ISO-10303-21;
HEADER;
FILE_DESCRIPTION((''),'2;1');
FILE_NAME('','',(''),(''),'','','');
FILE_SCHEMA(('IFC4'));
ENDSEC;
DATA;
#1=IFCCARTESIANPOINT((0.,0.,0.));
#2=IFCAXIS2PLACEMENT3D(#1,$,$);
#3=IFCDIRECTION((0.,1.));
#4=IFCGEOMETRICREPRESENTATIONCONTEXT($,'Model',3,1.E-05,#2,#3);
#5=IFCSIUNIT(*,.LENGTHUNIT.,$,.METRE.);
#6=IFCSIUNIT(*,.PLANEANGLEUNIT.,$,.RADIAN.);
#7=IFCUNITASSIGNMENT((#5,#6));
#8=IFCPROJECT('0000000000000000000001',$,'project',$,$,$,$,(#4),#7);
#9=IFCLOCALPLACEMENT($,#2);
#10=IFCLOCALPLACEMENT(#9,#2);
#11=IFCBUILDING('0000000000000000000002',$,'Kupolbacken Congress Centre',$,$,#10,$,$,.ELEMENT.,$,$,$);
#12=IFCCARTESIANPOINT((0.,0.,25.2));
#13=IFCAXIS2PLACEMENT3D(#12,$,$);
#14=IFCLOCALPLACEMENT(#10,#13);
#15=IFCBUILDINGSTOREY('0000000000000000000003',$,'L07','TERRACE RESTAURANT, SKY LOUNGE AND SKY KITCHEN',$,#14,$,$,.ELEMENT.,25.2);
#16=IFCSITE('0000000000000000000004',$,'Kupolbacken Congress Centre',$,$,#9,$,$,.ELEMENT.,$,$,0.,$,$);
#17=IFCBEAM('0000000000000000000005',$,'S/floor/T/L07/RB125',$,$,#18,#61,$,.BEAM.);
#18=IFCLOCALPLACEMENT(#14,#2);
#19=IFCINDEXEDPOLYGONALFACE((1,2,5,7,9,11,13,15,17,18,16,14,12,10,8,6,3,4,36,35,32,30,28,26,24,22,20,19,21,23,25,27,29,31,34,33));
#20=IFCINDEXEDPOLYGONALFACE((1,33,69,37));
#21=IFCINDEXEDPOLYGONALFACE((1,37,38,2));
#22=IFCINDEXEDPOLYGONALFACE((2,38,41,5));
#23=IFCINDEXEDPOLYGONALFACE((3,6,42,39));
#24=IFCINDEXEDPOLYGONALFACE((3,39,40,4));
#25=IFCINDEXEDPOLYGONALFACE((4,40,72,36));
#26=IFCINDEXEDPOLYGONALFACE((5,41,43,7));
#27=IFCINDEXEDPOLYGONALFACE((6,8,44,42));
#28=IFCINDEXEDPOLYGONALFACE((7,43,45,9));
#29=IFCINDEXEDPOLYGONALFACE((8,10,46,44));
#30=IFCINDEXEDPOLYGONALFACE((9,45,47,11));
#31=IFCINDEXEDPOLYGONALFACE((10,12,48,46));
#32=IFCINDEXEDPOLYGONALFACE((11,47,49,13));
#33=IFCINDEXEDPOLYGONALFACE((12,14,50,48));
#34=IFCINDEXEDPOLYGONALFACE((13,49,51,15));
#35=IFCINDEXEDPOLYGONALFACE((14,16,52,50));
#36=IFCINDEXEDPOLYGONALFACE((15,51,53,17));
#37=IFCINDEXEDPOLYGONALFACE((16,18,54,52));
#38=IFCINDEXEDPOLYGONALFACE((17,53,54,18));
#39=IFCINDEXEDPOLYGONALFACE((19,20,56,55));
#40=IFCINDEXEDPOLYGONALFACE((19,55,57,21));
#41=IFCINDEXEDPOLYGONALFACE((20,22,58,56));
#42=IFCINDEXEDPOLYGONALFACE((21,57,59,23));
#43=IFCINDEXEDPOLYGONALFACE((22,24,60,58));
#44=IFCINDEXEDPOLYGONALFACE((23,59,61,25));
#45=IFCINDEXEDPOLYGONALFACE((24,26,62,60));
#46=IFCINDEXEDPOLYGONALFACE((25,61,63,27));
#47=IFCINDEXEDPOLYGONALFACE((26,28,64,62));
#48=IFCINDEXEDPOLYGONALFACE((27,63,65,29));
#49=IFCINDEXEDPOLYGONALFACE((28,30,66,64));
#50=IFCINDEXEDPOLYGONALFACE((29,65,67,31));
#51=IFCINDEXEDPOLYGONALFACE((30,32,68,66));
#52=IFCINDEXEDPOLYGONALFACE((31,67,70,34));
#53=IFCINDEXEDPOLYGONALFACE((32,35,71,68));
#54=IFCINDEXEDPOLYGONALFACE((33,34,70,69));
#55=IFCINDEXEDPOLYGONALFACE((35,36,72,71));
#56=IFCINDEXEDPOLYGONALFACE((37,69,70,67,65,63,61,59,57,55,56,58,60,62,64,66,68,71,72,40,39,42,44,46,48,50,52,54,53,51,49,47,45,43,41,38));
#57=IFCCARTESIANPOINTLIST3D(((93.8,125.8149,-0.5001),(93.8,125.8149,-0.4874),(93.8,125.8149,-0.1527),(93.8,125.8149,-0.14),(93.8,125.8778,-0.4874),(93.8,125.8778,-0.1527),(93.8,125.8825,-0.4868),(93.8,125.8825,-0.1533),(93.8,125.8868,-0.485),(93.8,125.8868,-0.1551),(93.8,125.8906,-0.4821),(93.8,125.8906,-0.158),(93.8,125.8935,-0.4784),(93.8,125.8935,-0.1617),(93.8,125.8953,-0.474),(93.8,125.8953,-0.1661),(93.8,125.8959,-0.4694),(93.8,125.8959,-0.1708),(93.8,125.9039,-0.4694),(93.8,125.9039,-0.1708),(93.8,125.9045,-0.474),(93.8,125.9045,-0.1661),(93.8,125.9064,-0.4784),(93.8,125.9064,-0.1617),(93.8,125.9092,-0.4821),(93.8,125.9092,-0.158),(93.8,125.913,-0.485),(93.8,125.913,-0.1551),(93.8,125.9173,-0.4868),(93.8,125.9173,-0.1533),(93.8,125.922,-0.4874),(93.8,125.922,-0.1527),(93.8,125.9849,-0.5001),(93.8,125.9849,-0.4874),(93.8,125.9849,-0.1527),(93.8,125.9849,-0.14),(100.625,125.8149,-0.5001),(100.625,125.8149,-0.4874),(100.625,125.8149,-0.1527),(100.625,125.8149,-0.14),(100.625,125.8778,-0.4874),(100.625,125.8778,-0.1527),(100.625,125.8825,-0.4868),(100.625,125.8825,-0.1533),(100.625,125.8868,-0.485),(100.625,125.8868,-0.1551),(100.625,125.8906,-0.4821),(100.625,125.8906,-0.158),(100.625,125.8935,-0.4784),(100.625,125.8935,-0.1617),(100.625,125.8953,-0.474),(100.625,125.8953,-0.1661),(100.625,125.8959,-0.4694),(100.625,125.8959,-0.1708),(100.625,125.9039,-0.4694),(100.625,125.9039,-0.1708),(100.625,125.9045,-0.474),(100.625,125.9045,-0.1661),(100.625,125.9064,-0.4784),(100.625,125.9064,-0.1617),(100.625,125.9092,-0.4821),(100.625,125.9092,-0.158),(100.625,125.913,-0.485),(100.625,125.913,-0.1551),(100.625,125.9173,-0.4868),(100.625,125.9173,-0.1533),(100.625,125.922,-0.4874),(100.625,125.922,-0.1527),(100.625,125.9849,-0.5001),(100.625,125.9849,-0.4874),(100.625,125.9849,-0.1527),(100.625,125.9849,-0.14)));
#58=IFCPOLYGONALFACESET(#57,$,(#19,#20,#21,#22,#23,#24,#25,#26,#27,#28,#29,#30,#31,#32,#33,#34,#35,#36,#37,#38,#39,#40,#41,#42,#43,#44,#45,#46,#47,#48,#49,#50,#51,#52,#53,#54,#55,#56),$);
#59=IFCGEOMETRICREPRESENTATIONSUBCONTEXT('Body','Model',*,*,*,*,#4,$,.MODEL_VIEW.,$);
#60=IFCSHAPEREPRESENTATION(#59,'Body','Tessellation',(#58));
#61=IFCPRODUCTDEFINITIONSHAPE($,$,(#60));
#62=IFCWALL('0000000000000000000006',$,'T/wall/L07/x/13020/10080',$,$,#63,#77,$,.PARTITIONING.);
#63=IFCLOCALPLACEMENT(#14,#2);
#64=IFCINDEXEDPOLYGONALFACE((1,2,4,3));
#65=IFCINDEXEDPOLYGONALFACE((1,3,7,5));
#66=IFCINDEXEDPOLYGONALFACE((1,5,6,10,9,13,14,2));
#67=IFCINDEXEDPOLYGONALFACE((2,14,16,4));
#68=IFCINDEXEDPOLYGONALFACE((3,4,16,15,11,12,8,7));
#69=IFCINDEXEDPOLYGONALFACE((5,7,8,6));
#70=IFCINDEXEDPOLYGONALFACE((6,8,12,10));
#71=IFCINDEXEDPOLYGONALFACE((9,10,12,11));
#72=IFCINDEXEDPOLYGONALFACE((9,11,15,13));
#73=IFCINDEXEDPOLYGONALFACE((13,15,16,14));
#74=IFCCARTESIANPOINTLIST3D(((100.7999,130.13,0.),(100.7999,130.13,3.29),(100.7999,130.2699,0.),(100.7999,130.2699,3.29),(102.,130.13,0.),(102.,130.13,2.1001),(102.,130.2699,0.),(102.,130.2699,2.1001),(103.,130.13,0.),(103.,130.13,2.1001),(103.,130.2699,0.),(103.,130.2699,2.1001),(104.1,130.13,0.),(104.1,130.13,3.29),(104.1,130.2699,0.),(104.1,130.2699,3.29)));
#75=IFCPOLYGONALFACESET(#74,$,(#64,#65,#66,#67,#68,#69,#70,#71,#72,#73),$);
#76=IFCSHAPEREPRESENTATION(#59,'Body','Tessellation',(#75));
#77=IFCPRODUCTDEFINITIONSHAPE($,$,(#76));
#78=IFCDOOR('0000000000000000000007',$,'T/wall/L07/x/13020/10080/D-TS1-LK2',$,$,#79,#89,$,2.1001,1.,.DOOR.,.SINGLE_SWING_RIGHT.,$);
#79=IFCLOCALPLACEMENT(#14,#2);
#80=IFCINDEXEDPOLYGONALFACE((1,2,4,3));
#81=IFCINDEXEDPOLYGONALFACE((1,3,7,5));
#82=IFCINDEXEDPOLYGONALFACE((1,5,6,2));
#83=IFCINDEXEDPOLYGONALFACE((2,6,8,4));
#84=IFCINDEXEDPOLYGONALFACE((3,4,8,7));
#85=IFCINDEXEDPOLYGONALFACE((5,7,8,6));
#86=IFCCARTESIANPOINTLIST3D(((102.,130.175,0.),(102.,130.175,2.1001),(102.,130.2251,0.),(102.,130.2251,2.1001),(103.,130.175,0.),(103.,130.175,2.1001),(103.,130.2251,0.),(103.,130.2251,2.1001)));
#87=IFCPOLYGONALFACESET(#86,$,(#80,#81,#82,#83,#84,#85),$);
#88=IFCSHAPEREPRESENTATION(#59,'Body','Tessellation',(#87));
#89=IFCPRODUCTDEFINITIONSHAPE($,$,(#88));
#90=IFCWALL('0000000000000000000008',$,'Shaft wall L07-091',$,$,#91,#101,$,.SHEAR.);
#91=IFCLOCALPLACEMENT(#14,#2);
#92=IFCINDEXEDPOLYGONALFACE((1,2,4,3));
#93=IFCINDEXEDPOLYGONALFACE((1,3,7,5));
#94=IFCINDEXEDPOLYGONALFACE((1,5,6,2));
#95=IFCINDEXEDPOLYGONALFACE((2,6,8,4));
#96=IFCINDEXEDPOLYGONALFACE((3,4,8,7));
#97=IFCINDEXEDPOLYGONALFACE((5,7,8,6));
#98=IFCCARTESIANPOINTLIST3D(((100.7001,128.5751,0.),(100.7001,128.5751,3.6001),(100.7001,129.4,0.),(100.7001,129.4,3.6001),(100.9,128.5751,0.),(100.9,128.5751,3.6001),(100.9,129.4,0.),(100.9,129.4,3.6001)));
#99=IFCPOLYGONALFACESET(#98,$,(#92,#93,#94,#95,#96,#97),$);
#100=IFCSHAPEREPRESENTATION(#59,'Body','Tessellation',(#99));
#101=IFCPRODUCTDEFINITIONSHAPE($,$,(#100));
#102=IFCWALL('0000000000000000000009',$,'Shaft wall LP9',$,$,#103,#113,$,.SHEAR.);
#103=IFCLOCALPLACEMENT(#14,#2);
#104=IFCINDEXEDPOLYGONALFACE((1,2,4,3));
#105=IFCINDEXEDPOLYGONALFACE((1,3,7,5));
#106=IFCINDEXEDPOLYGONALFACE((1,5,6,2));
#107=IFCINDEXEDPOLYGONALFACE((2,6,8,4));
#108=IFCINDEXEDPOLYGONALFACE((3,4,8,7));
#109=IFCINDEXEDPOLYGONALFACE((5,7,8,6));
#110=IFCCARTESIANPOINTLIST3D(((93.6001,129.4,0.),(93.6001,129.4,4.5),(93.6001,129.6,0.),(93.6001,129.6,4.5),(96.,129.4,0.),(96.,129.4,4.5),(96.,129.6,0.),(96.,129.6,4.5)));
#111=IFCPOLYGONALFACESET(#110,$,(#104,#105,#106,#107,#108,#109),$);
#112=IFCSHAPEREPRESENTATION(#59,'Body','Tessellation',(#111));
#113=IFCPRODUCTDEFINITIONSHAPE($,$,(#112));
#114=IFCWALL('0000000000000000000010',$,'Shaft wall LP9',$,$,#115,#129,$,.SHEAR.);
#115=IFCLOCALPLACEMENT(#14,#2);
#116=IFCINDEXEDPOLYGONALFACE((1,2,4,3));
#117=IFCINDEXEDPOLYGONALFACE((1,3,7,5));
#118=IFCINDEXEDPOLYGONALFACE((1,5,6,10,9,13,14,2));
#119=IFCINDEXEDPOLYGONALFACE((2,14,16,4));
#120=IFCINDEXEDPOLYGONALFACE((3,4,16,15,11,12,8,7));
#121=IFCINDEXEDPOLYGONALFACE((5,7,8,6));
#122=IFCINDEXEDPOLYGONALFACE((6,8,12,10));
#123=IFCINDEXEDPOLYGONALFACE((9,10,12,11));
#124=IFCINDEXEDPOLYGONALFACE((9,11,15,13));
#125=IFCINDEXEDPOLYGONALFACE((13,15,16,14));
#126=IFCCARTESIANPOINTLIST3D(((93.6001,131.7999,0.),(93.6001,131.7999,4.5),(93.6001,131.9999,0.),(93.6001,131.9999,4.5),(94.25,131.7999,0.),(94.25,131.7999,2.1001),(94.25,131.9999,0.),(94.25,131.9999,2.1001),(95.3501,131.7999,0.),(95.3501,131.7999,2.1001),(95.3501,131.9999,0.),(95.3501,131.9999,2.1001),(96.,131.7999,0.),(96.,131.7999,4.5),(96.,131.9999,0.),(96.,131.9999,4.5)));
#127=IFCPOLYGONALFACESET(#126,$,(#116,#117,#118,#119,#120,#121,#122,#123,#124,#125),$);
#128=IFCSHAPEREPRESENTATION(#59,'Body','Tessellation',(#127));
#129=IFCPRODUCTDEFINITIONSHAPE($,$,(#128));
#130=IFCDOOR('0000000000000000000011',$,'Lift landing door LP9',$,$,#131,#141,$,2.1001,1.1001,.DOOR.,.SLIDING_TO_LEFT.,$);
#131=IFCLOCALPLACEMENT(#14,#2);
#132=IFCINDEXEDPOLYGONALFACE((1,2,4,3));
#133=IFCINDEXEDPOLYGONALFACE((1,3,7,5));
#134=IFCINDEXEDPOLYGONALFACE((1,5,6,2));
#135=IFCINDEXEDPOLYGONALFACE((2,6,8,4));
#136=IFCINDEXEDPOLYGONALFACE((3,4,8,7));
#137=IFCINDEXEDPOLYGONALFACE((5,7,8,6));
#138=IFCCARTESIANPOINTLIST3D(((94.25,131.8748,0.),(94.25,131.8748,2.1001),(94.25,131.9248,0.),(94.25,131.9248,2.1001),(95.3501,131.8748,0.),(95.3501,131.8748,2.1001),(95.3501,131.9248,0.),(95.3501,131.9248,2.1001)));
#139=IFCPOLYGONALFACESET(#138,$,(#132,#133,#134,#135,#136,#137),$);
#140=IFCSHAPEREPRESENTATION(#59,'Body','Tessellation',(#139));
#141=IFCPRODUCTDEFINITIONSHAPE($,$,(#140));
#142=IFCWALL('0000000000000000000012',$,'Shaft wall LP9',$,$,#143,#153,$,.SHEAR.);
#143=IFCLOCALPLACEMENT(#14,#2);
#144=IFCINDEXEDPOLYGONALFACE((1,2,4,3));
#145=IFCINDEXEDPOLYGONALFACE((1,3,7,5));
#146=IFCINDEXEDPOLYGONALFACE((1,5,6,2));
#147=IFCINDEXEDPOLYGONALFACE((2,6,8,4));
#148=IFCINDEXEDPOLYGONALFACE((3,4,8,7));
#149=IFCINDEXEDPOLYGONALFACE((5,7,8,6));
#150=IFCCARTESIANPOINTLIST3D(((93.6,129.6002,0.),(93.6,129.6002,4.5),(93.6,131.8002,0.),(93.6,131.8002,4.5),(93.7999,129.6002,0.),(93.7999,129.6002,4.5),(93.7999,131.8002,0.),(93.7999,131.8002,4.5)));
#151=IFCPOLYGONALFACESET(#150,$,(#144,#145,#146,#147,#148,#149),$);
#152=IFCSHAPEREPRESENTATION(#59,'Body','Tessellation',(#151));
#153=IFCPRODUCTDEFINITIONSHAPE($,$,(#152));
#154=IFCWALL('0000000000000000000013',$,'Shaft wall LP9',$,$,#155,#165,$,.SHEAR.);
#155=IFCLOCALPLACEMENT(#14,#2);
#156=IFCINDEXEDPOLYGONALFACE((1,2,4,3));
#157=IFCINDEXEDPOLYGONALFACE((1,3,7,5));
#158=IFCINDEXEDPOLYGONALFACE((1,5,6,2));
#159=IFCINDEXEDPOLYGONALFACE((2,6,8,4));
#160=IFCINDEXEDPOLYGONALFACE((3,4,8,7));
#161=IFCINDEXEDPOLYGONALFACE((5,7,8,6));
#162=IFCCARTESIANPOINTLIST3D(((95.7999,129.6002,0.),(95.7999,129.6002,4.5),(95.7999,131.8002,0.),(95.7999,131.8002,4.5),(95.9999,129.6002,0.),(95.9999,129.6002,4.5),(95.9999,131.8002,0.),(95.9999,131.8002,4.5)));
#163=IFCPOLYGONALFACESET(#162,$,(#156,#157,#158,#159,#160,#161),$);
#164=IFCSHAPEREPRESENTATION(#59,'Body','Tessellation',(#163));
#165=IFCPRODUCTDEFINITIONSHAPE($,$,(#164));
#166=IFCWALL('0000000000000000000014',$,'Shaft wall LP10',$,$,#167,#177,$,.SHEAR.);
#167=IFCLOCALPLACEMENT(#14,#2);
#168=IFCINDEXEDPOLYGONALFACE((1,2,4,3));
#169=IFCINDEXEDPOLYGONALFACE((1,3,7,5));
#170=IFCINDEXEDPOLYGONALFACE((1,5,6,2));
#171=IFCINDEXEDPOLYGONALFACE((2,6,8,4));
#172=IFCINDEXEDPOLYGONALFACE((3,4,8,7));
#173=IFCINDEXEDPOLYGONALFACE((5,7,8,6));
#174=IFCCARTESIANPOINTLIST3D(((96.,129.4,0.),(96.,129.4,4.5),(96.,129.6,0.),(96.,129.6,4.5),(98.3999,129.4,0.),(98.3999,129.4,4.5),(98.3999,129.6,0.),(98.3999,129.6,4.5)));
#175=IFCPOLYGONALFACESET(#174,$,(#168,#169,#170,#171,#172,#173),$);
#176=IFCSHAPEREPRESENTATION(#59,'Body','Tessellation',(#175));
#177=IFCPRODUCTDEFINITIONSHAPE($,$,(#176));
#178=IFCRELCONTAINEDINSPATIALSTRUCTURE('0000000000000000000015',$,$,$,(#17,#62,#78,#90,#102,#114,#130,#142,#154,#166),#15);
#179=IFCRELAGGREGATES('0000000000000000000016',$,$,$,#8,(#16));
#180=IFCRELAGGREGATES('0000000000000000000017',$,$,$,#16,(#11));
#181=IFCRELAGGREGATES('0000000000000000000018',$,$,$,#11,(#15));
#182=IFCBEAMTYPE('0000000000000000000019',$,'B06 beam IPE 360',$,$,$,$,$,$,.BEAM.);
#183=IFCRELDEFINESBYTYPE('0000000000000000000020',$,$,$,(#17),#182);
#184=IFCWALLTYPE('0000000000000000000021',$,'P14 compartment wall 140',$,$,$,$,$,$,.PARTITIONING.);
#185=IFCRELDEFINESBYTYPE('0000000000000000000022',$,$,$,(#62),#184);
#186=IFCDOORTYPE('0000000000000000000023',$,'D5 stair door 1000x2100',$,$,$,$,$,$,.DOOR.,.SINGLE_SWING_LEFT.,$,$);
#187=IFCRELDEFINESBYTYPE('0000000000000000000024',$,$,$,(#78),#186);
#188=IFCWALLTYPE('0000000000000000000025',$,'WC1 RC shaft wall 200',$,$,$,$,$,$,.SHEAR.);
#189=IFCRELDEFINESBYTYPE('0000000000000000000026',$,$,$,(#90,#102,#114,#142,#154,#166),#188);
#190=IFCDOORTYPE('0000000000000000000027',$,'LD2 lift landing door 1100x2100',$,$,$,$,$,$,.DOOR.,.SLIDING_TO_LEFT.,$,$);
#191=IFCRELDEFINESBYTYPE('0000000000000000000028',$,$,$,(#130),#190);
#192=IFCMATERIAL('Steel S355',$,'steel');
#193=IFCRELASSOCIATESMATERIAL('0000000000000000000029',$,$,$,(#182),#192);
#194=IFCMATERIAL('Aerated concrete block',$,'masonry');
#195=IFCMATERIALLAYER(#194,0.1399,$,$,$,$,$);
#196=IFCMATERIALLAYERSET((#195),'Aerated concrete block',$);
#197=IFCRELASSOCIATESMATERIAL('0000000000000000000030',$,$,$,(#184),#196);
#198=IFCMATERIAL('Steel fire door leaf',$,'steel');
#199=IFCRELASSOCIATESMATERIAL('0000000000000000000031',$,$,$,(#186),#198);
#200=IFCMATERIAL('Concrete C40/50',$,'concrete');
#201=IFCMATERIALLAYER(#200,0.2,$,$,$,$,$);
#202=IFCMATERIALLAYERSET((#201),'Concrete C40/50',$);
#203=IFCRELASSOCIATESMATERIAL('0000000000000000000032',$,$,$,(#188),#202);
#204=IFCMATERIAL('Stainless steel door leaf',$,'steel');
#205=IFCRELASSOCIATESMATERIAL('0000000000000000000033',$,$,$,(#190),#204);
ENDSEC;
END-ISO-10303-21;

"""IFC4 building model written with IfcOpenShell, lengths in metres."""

from ifc_helpers import new_model, si_unit, direction, frame, frame_2d, origin, origin_2d, place, context, subcontext, project, spatial, rectangle, i_section, extrude, material, layer, layer_set, material_profile, profile_set, type_object, element, fill, save


model = new_model("IFC4")

# Units and contexts
model_context = context("Model", 3, precision=1e-05, world=origin(), true_north=direction((0.0, 1.0)))
body_context = subcontext(model_context, "Body", "Model", "MODEL_VIEW")
ifc_project = project(units=[si_unit("LENGTHUNIT", "METRE"), si_unit("PLANEANGLEUNIT", "RADIAN")], contexts=[model_context])

# Site, building, storey
site_placement = place(None, origin())
site = spatial("IfcSite", under=ifc_project, at=site_placement, Name="Kupolbacken Congress Centre", CompositionType="ELEMENT", RefElevation=0.0)
building_placement = place(site_placement, origin())
building = spatial("IfcBuilding", under=site, at=building_placement, Name="Kupolbacken Congress Centre", CompositionType="ELEMENT")
storey_placement = place(building_placement, frame((0.0, 0.0, 25.2)))
storey = spatial("IfcBuildingStorey", under=building, at=storey_placement, Name="L07", Description="TERRACE RESTAURANT, SKY LOUNGE AND SKY KITCHEN", CompositionType="ELEMENT", Elevation=25.2)

# Beam
ifc_material_1 = material(Name="Steel S355", Category="steel")
ifc_material_profile = material_profile(ifc_material_1, i_section(OverallWidth=0.1699, OverallDepth=0.3601, WebThickness=0.0081, FlangeThickness=0.0127, FilletRadius=0.0181, at=origin_2d()), Name="IPE 360")
ifc_profile_set = profile_set([ifc_material_profile], Name="Steel S355")
beam_type = type_object("IfcBeamType", Name="B06 beam IPE 360", PredefinedType="BEAM", material=ifc_profile_set)
beam_placement = place(storey_placement, frame((93.8, 125.8999, -0.3201), z_axis=(1.0, 0.0, 0.0), x_axis=(0.0, 1.0, 0.0)))
element("IfcBeam", 1, at=beam_placement, inside=storey, type_object=beam_type, Name="S/floor/T/L07/RB125", PredefinedType="BEAM", context=body_context, shape_type="SweptSolid", body=[
    extrude(i_section(OverallWidth=0.1699, OverallDepth=0.3601, WebThickness=0.0081, FlangeThickness=0.0127, FilletRadius=0.0181, at=origin_2d()), origin(), (0.0, 0.0, 1.0), 6.825),
])

# Wall, opening, door
ifc_material_2 = material(Name="Aerated concrete block", Category="masonry")
ifc_layer_1 = layer(ifc_material_2, 0.1399)
ifc_layer_set_1 = layer_set([ifc_layer_1], Name="Aerated concrete block")
wall_type_1 = type_object("IfcWallType", Name="P14 compartment wall 140", PredefinedType="PARTITIONING", material=ifc_layer_set_1)
wall_1_placement = place(storey_placement, frame((100.8, 130.2, 0.0), z_axis=(0.0, 0.0, 1.0), x_axis=(1.0, 0.0, 0.0)))
wall_1 = element("IfcWall", 2, at=wall_1_placement, inside=storey, type_object=wall_type_1, Name="T/wall/L07/x/13020/10080", PredefinedType="PARTITIONING", context=body_context, shape_type="SweptSolid", body=[
    extrude(rectangle(XDim=3.3, YDim=0.1399, at=frame_2d((1.6499, 0.0))), origin(), (0.0, 0.0, 1.0), 3.29),
])
opening_1_placement = place(wall_1_placement, frame((1.2, 0.0, 0.0)))
opening_1 = element("IfcOpeningElement", 3, at=opening_1_placement, cuts=wall_1, PredefinedType="OPENING", context=body_context, shape_type="SweptSolid", body=[
    extrude(rectangle(XDim=1.0, YDim=2.1001, at=frame_2d((0.5, 1.05))), frame((0.0, 0.0798, 0.0), z_axis=(0.0, -1.0, 0.0), x_axis=(1.0, 0.0, 0.0)), (0.0, 0.0, 1.0), 0.1599),
])
ifc_material_3 = material(Name="Steel fire door leaf", Category="steel")
door_type_1 = type_object("IfcDoorType", Name="D5 stair door 1000x2100", OperationType="SINGLE_SWING_LEFT", PredefinedType="DOOR", material=ifc_material_3)
door_1_placement = place(opening_1_placement, frame((1.0, 0.0, 0.0), z_axis=(0.0, 0.0, 1.0), x_axis=(-1.0, 0.0, 0.0)))
door_1 = element("IfcDoor", 4, at=door_1_placement, inside=storey, type_object=door_type_1, Name="T/wall/L07/x/13020/10080/D-TS1-LK2", OperationType="SINGLE_SWING_RIGHT", OverallHeight=2.1001, OverallWidth=1.0, PredefinedType="DOOR", context=body_context, shape_type="SweptSolid", body=[
    extrude(rectangle(XDim=1.0, YDim=2.1001, at=frame_2d((0.5, 1.05))), frame((0.0, 0.0249, 0.0), z_axis=(0.0, -1.0, 0.0), x_axis=(1.0, 0.0, 0.0)), (0.0, 0.0, 1.0), 0.05),
])
fill(opening_1, door_1)

# Walls
ifc_material_4 = material(Name="Concrete C40/50", Category="concrete")
ifc_layer_2 = layer(ifc_material_4, 0.2)
ifc_layer_set_2 = layer_set([ifc_layer_2], Name="Concrete C40/50")
wall_type_2 = type_object("IfcWallType", Name="WC1 RC shaft wall 200", PredefinedType="SHEAR", material=ifc_layer_set_2)
wall_2_placement = place(storey_placement, frame((100.8, 128.575, 0.0), z_axis=(0.0, 0.0, 1.0), x_axis=(0.0, 1.0, 0.0)))
element("IfcWall", 5, at=wall_2_placement, inside=storey, type_object=wall_type_2, Name="Shaft wall L07-091", PredefinedType="SHEAR", context=body_context, shape_type="SweptSolid", body=[
    extrude(rectangle(XDim=0.825, YDim=0.2, at=frame_2d((0.4126, 0.0))), origin(), (0.0, 0.0, 1.0), 3.6001),
])
wall_3_placement = place(storey_placement, frame((93.6001, 129.5, 0.0), z_axis=(0.0, 0.0, 1.0), x_axis=(1.0, 0.0, 0.0)))
element("IfcWall", 6, at=wall_3_placement, inside=storey, type_object=wall_type_2, Name="Shaft wall LP9", PredefinedType="SHEAR", context=body_context, shape_type="SweptSolid", body=[
    extrude(rectangle(XDim=2.3999, YDim=0.2, at=frame_2d((1.2, 0.0))), origin(), (0.0, 0.0, 1.0), 4.5),
])

# Wall, opening, door
wall_4_placement = place(storey_placement, frame((93.6001, 131.8999, 0.0), z_axis=(0.0, 0.0, 1.0), x_axis=(1.0, 0.0, 0.0)))
wall_4 = element("IfcWall", 7, at=wall_4_placement, inside=storey, type_object=wall_type_2, Name="Shaft wall LP9", PredefinedType="SHEAR", context=body_context, shape_type="SweptSolid", body=[
    extrude(rectangle(XDim=2.3999, YDim=0.2, at=frame_2d((1.2, 0.0))), origin(), (0.0, 0.0, 1.0), 4.5),
])
opening_2_placement = place(wall_4_placement, frame((0.6499, 0.0, 0.0)))
opening_2 = element("IfcOpeningElement", 8, at=opening_2_placement, cuts=wall_4, PredefinedType="OPENING", context=body_context, shape_type="SweptSolid", body=[
    extrude(rectangle(XDim=1.1001, YDim=2.1001, at=frame_2d((0.55, 1.05))), frame((0.0, 0.1099, 0.0), z_axis=(0.0, -1.0, 0.0), x_axis=(1.0, 0.0, 0.0)), (0.0, 0.0, 1.0), 0.22),
])
ifc_material_5 = material(Name="Stainless steel door leaf", Category="steel")
door_type_2 = type_object("IfcDoorType", Name="LD2 lift landing door 1100x2100", OperationType="SLIDING_TO_LEFT", PredefinedType="DOOR", material=ifc_material_5)
door_2_placement = place(opening_2_placement, origin())
door_2 = element("IfcDoor", 9, at=door_2_placement, inside=storey, type_object=door_type_2, Name="Lift landing door LP9", OperationType="SLIDING_TO_LEFT", OverallHeight=2.1001, OverallWidth=1.1001, PredefinedType="DOOR", context=body_context, shape_type="SweptSolid", body=[
    extrude(rectangle(XDim=1.1001, YDim=2.1001, at=frame_2d((0.55, 1.05))), frame((0.0, 0.0249, 0.0), z_axis=(0.0, -1.0, 0.0), x_axis=(1.0, 0.0, 0.0)), (0.0, 0.0, 1.0), 0.05),
])
fill(opening_2, door_2)

# Walls
for number, where, z_axis, x_axis, name in (
    (10, (93.7, 129.6001, 0.0), (0.0, 0.0, 1.0), (0.0, 1.0, 0.0), "Shaft wall LP9"),
    (11, (95.8999, 129.6001, 0.0), (0.0, 0.0, 1.0), (0.0, 1.0, 0.0), "Shaft wall LP9"),
):
    element("IfcWall", number, at=place(storey_placement, frame(where, z_axis=z_axis, x_axis=x_axis)), inside=storey, type_object=wall_type_2, Name=name, PredefinedType="SHEAR", context=body_context, shape_type="SweptSolid", body=[
        extrude(rectangle(XDim=2.2, YDim=0.2, at=frame_2d((1.1001, 0.0))), origin(), (0.0, 0.0, 1.0), 4.5),
    ])
wall_5_placement = place(storey_placement, frame((96.0, 129.5, 0.0), z_axis=(0.0, 0.0, 1.0), x_axis=(1.0, 0.0, 0.0)))
element("IfcWall", 12, at=wall_5_placement, inside=storey, type_object=wall_type_2, Name="Shaft wall LP10", PredefinedType="SHEAR", context=body_context, shape_type="SweptSolid", body=[
    extrude(rectangle(XDim=2.3999, YDim=0.2, at=frame_2d((1.2, 0.0))), origin(), (0.0, 0.0, 1.0), 4.5),
])

save(model, "model.ifc")
